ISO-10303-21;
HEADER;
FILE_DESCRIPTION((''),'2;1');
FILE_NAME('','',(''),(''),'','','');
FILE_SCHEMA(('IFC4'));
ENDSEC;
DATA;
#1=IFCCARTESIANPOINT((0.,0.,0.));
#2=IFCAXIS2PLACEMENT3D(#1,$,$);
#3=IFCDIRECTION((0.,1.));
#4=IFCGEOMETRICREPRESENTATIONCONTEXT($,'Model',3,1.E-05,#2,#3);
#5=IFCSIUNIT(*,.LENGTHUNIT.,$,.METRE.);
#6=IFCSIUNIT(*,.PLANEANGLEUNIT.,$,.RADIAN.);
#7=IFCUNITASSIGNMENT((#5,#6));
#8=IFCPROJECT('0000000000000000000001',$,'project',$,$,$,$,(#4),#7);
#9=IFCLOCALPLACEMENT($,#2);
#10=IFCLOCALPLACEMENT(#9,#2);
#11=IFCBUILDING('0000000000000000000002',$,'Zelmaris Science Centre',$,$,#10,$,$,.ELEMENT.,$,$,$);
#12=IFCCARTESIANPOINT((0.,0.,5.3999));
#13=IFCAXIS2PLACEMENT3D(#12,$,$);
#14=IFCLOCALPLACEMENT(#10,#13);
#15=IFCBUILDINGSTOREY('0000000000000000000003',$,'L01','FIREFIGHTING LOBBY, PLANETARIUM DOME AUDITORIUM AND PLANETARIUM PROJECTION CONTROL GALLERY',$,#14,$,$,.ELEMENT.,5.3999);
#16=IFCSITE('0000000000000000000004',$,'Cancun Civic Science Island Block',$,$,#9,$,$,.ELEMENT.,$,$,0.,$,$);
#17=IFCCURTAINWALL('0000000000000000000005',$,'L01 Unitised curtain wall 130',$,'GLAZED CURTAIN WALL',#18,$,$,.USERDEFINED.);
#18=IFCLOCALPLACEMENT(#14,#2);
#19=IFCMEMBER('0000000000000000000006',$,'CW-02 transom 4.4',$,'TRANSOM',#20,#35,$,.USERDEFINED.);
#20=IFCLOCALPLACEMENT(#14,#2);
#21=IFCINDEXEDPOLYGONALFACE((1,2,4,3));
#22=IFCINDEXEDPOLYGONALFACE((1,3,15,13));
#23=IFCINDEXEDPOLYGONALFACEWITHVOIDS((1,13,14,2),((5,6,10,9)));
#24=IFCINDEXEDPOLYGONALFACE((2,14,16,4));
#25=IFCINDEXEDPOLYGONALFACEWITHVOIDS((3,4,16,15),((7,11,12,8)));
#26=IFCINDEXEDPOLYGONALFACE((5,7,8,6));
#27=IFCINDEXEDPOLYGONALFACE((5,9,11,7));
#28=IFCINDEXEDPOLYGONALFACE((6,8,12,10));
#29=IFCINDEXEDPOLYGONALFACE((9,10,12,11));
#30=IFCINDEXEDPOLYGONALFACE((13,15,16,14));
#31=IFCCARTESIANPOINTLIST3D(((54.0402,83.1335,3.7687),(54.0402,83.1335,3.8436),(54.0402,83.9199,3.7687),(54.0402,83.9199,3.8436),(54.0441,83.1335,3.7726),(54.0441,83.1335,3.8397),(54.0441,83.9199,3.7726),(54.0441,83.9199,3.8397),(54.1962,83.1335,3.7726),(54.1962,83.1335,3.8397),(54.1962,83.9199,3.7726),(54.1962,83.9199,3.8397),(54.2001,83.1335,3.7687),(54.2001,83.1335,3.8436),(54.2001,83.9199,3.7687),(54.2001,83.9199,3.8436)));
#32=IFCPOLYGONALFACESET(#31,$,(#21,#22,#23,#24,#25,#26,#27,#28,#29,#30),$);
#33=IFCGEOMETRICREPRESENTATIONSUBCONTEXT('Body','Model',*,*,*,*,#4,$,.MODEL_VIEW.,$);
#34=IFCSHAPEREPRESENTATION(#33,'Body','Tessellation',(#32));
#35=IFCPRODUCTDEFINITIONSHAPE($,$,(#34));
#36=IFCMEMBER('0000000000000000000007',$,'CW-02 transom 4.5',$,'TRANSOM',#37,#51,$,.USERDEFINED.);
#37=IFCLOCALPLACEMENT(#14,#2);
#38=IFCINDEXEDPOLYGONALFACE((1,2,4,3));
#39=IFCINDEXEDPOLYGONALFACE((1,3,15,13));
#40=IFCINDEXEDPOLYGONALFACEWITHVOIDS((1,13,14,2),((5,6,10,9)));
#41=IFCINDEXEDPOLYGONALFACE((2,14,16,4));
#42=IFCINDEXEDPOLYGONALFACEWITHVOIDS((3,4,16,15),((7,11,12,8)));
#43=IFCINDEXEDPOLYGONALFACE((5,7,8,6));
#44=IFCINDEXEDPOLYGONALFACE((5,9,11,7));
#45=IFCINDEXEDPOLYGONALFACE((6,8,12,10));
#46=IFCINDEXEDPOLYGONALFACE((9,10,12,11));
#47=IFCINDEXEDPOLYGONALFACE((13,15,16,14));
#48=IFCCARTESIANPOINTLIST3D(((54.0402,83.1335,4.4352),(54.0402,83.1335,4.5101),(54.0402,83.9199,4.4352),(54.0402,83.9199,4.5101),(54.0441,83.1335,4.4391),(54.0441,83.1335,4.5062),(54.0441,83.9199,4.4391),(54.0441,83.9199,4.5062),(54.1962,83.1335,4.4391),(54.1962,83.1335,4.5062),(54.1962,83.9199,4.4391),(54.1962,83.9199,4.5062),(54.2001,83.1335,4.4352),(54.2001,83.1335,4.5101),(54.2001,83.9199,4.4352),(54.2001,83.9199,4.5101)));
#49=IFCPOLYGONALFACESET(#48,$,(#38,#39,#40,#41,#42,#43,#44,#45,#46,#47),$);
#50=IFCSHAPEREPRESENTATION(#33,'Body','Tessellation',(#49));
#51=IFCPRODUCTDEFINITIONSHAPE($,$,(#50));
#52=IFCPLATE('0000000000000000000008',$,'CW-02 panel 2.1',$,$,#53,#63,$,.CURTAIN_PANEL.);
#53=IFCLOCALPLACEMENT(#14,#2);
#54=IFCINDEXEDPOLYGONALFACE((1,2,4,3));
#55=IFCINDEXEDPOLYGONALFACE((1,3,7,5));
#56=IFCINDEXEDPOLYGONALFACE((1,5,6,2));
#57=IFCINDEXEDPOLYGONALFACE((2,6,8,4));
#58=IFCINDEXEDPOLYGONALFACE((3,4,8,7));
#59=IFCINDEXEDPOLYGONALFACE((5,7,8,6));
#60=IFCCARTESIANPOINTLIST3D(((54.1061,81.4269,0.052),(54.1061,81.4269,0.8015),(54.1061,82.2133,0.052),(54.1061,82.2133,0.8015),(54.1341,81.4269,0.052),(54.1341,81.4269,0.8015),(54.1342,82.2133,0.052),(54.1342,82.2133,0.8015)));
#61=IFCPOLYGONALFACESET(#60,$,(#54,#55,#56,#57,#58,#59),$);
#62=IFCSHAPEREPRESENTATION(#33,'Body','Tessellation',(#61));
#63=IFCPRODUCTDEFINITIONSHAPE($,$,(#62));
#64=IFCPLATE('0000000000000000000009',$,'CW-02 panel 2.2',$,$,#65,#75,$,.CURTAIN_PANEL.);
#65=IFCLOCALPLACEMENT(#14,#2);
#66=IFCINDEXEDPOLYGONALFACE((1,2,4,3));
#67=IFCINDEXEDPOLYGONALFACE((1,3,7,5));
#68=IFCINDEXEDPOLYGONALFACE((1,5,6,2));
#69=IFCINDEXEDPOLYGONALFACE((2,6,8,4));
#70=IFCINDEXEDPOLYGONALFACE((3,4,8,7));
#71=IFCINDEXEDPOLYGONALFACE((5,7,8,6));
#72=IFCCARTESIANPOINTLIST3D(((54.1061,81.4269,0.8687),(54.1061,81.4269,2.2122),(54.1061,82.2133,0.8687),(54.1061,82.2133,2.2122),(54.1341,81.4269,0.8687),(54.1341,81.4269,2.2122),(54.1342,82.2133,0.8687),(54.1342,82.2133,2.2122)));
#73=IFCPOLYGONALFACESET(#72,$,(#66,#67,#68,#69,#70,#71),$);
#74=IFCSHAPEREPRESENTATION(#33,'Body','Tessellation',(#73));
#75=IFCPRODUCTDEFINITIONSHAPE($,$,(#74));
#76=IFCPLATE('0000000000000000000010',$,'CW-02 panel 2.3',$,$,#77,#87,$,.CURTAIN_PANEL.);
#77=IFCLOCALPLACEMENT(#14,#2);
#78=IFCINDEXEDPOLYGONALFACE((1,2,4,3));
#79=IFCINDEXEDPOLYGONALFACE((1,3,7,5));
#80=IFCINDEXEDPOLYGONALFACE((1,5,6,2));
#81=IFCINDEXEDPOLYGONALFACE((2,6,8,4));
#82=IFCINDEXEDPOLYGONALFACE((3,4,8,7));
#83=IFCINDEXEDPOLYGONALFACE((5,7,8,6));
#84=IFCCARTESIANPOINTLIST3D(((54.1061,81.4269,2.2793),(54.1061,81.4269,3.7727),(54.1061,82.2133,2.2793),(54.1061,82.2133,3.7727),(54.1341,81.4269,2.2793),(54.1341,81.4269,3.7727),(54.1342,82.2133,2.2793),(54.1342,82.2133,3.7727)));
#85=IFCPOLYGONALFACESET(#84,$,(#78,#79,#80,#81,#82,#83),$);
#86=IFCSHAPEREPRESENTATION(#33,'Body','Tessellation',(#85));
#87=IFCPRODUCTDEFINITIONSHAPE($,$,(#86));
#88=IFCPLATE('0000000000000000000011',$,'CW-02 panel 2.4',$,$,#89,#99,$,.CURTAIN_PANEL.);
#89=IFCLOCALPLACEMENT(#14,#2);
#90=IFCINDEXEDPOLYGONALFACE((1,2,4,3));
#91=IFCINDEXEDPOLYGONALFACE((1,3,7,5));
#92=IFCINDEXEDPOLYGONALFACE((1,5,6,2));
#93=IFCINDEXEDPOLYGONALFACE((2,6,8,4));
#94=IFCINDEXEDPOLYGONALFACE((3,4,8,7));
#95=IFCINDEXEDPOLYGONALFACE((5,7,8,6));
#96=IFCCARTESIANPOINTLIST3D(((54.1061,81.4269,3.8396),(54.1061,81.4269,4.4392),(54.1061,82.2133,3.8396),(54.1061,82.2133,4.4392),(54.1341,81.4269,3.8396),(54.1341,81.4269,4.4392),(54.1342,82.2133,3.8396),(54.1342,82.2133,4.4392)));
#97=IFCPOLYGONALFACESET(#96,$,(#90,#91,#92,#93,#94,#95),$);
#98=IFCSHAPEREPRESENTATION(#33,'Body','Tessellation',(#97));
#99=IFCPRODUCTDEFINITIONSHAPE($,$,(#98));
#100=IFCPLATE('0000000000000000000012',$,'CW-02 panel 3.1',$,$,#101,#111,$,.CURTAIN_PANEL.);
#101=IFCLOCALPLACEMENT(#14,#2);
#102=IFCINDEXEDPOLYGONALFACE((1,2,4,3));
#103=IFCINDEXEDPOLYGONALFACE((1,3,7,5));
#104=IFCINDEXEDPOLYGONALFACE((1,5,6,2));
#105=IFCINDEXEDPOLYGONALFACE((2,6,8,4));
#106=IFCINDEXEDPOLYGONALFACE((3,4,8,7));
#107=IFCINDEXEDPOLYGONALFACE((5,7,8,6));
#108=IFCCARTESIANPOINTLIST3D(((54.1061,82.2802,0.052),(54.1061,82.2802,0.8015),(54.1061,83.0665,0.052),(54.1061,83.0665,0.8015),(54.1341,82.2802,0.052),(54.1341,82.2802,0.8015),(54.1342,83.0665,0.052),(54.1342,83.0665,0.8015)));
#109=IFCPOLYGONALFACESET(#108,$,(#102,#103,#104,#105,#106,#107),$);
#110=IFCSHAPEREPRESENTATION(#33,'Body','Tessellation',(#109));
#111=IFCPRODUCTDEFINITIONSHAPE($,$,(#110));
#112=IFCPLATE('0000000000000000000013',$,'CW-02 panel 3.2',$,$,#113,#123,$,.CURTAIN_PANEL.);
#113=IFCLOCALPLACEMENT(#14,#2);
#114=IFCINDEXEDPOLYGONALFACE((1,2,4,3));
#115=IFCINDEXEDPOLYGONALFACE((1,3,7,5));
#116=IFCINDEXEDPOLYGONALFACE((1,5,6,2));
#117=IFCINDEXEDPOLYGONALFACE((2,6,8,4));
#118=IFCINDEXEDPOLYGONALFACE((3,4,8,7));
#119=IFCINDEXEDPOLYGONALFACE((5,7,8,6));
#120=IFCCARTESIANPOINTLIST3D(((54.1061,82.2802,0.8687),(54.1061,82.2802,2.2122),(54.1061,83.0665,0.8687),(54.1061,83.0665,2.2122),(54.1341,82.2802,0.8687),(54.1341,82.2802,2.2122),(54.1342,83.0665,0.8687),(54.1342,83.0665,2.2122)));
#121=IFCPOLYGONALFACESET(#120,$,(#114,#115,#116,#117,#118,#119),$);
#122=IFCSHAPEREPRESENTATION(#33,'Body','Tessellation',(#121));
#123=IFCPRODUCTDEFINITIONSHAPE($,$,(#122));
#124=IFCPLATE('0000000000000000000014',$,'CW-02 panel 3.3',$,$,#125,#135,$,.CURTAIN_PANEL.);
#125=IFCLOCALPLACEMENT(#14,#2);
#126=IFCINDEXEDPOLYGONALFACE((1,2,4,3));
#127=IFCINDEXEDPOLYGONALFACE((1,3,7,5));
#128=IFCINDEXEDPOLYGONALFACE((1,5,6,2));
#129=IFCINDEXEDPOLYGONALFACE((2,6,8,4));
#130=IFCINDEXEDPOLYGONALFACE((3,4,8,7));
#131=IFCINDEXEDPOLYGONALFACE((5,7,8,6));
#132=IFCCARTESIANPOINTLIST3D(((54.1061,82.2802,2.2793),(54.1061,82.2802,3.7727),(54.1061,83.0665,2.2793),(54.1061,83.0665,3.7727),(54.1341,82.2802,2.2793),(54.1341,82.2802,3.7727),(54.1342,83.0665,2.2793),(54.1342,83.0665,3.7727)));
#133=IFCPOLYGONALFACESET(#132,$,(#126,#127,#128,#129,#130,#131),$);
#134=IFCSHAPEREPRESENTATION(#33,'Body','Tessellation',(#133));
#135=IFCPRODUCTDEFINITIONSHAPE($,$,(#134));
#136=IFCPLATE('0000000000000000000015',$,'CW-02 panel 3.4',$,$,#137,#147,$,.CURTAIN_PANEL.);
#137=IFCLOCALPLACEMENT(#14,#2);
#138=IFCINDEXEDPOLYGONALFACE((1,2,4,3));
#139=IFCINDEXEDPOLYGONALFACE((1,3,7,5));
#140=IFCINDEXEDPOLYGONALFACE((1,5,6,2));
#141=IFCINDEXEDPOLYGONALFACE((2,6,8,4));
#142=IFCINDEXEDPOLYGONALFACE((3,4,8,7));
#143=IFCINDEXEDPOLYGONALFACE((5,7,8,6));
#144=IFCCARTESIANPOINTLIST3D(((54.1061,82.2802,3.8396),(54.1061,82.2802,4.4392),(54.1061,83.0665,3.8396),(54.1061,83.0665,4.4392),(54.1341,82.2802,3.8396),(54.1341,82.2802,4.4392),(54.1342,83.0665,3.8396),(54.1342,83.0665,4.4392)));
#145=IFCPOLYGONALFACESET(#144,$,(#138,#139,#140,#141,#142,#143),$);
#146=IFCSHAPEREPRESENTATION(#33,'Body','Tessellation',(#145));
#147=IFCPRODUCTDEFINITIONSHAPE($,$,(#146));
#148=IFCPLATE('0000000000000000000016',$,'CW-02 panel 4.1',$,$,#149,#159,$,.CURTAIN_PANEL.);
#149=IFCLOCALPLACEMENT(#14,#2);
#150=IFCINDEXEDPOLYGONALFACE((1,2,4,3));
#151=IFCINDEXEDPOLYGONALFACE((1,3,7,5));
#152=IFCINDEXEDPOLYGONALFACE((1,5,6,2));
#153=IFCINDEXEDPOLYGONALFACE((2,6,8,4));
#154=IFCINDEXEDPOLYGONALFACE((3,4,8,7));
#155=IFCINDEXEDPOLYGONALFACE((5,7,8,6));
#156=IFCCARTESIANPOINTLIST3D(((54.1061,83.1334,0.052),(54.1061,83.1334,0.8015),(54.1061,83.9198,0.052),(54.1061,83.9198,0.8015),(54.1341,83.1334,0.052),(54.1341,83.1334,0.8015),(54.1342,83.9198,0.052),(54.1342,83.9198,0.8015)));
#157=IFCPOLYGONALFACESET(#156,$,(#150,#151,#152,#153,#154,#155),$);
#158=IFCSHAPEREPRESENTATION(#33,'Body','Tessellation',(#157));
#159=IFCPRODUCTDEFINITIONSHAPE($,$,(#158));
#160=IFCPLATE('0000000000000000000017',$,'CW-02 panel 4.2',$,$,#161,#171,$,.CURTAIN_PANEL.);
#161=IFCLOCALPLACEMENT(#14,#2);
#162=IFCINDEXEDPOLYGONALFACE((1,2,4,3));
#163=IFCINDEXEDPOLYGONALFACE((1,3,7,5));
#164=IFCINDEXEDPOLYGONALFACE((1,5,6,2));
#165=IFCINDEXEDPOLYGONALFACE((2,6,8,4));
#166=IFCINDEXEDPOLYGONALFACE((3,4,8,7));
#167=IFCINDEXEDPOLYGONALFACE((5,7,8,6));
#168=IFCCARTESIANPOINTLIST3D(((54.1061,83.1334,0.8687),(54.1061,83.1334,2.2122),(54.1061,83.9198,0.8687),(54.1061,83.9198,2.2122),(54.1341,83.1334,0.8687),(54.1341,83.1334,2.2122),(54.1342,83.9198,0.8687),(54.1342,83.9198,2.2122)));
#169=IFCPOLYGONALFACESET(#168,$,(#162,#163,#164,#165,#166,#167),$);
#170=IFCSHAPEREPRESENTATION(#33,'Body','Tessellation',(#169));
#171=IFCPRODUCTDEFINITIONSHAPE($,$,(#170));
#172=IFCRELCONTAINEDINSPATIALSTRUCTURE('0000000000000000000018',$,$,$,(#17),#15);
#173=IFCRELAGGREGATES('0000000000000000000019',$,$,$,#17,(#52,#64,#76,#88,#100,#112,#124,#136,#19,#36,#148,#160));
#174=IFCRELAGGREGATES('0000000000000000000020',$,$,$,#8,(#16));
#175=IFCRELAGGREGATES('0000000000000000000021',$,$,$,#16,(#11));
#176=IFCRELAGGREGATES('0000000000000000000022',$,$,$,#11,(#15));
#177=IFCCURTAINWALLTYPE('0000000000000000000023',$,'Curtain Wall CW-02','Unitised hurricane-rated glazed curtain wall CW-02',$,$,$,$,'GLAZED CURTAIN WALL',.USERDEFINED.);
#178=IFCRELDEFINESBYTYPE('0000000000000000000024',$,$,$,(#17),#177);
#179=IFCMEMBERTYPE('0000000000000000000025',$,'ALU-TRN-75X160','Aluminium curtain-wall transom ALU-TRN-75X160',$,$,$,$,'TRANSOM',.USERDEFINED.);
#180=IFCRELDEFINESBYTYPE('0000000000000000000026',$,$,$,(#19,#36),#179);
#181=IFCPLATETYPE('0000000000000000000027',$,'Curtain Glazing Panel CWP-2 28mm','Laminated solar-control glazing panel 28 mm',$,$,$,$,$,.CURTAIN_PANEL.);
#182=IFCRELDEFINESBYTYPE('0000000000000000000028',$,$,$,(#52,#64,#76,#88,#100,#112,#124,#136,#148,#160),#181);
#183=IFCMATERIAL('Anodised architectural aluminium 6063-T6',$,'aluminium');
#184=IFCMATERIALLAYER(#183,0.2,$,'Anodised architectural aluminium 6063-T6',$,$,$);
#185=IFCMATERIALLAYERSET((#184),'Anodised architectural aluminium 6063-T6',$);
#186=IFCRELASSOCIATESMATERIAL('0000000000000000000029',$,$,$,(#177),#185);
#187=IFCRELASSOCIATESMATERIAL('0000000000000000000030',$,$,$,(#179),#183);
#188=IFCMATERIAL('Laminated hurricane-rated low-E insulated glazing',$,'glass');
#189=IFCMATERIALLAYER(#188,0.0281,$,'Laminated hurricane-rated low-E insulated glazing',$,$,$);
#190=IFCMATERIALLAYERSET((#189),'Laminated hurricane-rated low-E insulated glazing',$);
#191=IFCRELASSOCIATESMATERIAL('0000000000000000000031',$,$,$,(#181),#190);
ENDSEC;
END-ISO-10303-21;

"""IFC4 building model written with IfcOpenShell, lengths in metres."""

from ifc_helpers import new_model, si_unit, direction, frame, origin, origin_2d, place, context, subcontext, project, spatial, rectangle, hollow_rectangle, extrude, material, layer, layer_set, material_profile, profile_set, type_object, element, aggregate, save


model = new_model("IFC4")

# Units and contexts
model_context = context("Model", 3, precision=1e-05, world=origin(), true_north=direction((0.0, 1.0)))
body_context = subcontext(model_context, "Body", "Model", "MODEL_VIEW")
ifc_project = project(units=[si_unit("LENGTHUNIT", "METRE"), si_unit("PLANEANGLEUNIT", "RADIAN")], contexts=[model_context])

# Site, building, storey
site_placement = place(None, origin())
site = spatial("IfcSite", under=ifc_project, at=site_placement, Name="Cancun Civic Science Island Block", CompositionType="ELEMENT", RefElevation=0.0)
building_placement = place(site_placement, origin())
building = spatial("IfcBuilding", under=site, at=building_placement, Name="Zelmaris Science Centre", CompositionType="ELEMENT")
storey_placement = place(building_placement, frame((0.0, 0.0, 5.3999)))
storey = spatial("IfcBuildingStorey", under=building, at=storey_placement, Name="L01", Description="FIREFIGHTING LOBBY, PLANETARIUM DOME AUDITORIUM AND PLANETARIUM PROJECTION CONTROL GALLERY", CompositionType="ELEMENT", Elevation=5.3999)

# Curtain wall, members, plates
ifc_material_1 = material(Name="Anodised architectural aluminium 6063-T6", Category="aluminium")
ifc_layer_1 = layer(ifc_material_1, 0.2, Name="Anodised architectural aluminium 6063-T6")
ifc_layer_set_1 = layer_set([ifc_layer_1], Name="Anodised architectural aluminium 6063-T6")
curtain_wall_type = type_object("IfcCurtainWallType", Name="Curtain Wall CW-02", Description="Unitised hurricane-rated glazed curtain wall CW-02", ElementType="GLAZED CURTAIN WALL", PredefinedType="USERDEFINED", material=ifc_layer_set_1)
curtain_wall_placement = place(storey_placement, origin())
curtain_wall = element("IfcCurtainWall", 1, at=curtain_wall_placement, inside=storey, type_object=curtain_wall_type, Name="L01 Unitised curtain wall 130", ObjectType="GLAZED CURTAIN WALL", PredefinedType="USERDEFINED")
ifc_material_profile_1 = material_profile(ifc_material_1, hollow_rectangle(XDim=0.075, YDim=0.1599, WallThickness=0.0039, at=origin_2d()), Name="ALU-TRN-75X160")
ifc_profile_set_1 = profile_set([ifc_material_profile_1], Name="Anodised architectural aluminium 6063-T6")
member_type_1 = type_object("IfcMemberType", Name="ALU-TRN-75X160", Description="Aluminium curtain-wall transom ALU-TRN-75X160", ElementType="TRANSOM", PredefinedType="USERDEFINED", material=ifc_profile_set_1)
member_1_placement = place(storey_placement, frame((54.1201, 83.1335, 3.8062), z_axis=(0.0, 1.0, 0.0), x_axis=(0.0, 0.0, 1.0)))
member_1 = element("IfcMember", 2, at=member_1_placement, type_object=member_type_1, Name="CW-02 transom 4.4", ObjectType="TRANSOM", PredefinedType="USERDEFINED", context=body_context, shape_type="SweptSolid", body=[
    extrude(hollow_rectangle(XDim=0.075, YDim=0.1599, WallThickness=0.0039, at=origin_2d()), origin(), (0.0, 0.0, 1.0), 0.7864),
])
member_2_placement = place(storey_placement, frame((54.1201, 83.1335, 4.4727), z_axis=(0.0, 1.0, 0.0), x_axis=(0.0, 0.0, 1.0)))
member_2 = element("IfcMember", 3, at=member_2_placement, type_object=member_type_1, Name="CW-02 transom 4.5", ObjectType="TRANSOM", PredefinedType="USERDEFINED", context=body_context, shape_type="SweptSolid", body=[
    extrude(hollow_rectangle(XDim=0.075, YDim=0.1599, WallThickness=0.0039, at=origin_2d()), origin(), (0.0, 0.0, 1.0), 0.7864),
])
ifc_material_2 = material(Name="Laminated hurricane-rated low-E insulated glazing", Category="glass")
ifc_layer_2 = layer(ifc_material_2, 0.0281, Name="Laminated hurricane-rated low-E insulated glazing")
ifc_layer_set_2 = layer_set([ifc_layer_2], Name="Laminated hurricane-rated low-E insulated glazing")
plate_type = type_object("IfcPlateType", Name="Curtain Glazing Panel CWP-2 28mm", Description="Laminated solar-control glazing panel 28 mm", PredefinedType="CURTAIN_PANEL", material=ifc_layer_set_2)
plate_1_placement = place(storey_placement, frame((54.1201, 81.8201, 0.052), z_axis=(0.0, 0.0, 1.0), x_axis=(0.00002, 1.0, 0.0)))
plate_1 = element("IfcPlate", 4, at=plate_1_placement, type_object=plate_type, Name="CW-02 panel 2.1", PredefinedType="CURTAIN_PANEL", context=body_context, shape_type="SweptSolid", body=[
    extrude(rectangle(XDim=0.7864, YDim=0.0281, at=origin_2d()), origin(), (0.0, 0.0, 1.0), 0.7495),
])
plate_2_placement = place(storey_placement, frame((54.1201, 81.8201, 0.8687), z_axis=(0.0, 0.0, 1.0), x_axis=(0.00002, 1.0, 0.0)))
plate_2 = element("IfcPlate", 5, at=plate_2_placement, type_object=plate_type, Name="CW-02 panel 2.2", PredefinedType="CURTAIN_PANEL", context=body_context, shape_type="SweptSolid", body=[
    extrude(rectangle(XDim=0.7864, YDim=0.0281, at=origin_2d()), origin(), (0.0, 0.0, 1.0), 1.3435),
])
plate_3_placement = place(storey_placement, frame((54.1201, 81.8201, 2.2793), z_axis=(0.0, 0.0, 1.0), x_axis=(0.00002, 1.0, 0.0)))
plate_3 = element("IfcPlate", 6, at=plate_3_placement, type_object=plate_type, Name="CW-02 panel 2.3", PredefinedType="CURTAIN_PANEL", context=body_context, shape_type="SweptSolid", body=[
    extrude(rectangle(XDim=0.7864, YDim=0.0281, at=origin_2d()), origin(), (0.0, 0.0, 1.0), 1.4934),
])
plate_4_placement = place(storey_placement, frame((54.1201, 81.8201, 3.8396), z_axis=(0.0, 0.0, 1.0), x_axis=(0.00002, 1.0, 0.0)))
plate_4 = element("IfcPlate", 7, at=plate_4_placement, type_object=plate_type, Name="CW-02 panel 2.4", PredefinedType="CURTAIN_PANEL", context=body_context, shape_type="SweptSolid", body=[
    extrude(rectangle(XDim=0.7864, YDim=0.0281, at=origin_2d()), origin(), (0.0, 0.0, 1.0), 0.5996),
])
plate_5_placement = place(storey_placement, frame((54.1201, 82.6733, 0.052), z_axis=(0.0, 0.0, 1.0), x_axis=(0.00002, 1.0, 0.0)))
plate_5 = element("IfcPlate", 8, at=plate_5_placement, type_object=plate_type, Name="CW-02 panel 3.1", PredefinedType="CURTAIN_PANEL", context=body_context, shape_type="SweptSolid", body=[
    extrude(rectangle(XDim=0.7864, YDim=0.0281, at=origin_2d()), origin(), (0.0, 0.0, 1.0), 0.7495),
])
plate_6_placement = place(storey_placement, frame((54.1201, 82.6733, 0.8687), z_axis=(0.0, 0.0, 1.0), x_axis=(0.00002, 1.0, 0.0)))
plate_6 = element("IfcPlate", 9, at=plate_6_placement, type_object=plate_type, Name="CW-02 panel 3.2", PredefinedType="CURTAIN_PANEL", context=body_context, shape_type="SweptSolid", body=[
    extrude(rectangle(XDim=0.7864, YDim=0.0281, at=origin_2d()), origin(), (0.0, 0.0, 1.0), 1.3435),
])
plate_7_placement = place(storey_placement, frame((54.1201, 82.6733, 2.2793), z_axis=(0.0, 0.0, 1.0), x_axis=(0.00002, 1.0, 0.0)))
plate_7 = element("IfcPlate", 10, at=plate_7_placement, type_object=plate_type, Name="CW-02 panel 3.3", PredefinedType="CURTAIN_PANEL", context=body_context, shape_type="SweptSolid", body=[
    extrude(rectangle(XDim=0.7864, YDim=0.0281, at=origin_2d()), origin(), (0.0, 0.0, 1.0), 1.4934),
])
plate_8_placement = place(storey_placement, frame((54.1201, 82.6733, 3.8396), z_axis=(0.0, 0.0, 1.0), x_axis=(0.00002, 1.0, 0.0)))
plate_8 = element("IfcPlate", 11, at=plate_8_placement, type_object=plate_type, Name="CW-02 panel 3.4", PredefinedType="CURTAIN_PANEL", context=body_context, shape_type="SweptSolid", body=[
    extrude(rectangle(XDim=0.7864, YDim=0.0281, at=origin_2d()), origin(), (0.0, 0.0, 1.0), 0.5996),
])
plate_9_placement = place(storey_placement, frame((54.1201, 83.5266, 0.052), z_axis=(0.0, 0.0, 1.0), x_axis=(0.00002, 1.0, 0.0)))
plate_9 = element("IfcPlate", 12, at=plate_9_placement, type_object=plate_type, Name="CW-02 panel 4.1", PredefinedType="CURTAIN_PANEL", context=body_context, shape_type="SweptSolid", body=[
    extrude(rectangle(XDim=0.7864, YDim=0.0281, at=origin_2d()), origin(), (0.0, 0.0, 1.0), 0.7495),
])
plate_10_placement = place(storey_placement, frame((54.1201, 83.5266, 0.8687), z_axis=(0.0, 0.0, 1.0), x_axis=(0.00002, 1.0, 0.0)))
plate_10 = element("IfcPlate", 13, at=plate_10_placement, type_object=plate_type, Name="CW-02 panel 4.2", PredefinedType="CURTAIN_PANEL", context=body_context, shape_type="SweptSolid", body=[
    extrude(rectangle(XDim=0.7864, YDim=0.0281, at=origin_2d()), origin(), (0.0, 0.0, 1.0), 1.3435),
])
aggregate(curtain_wall, [plate_1, plate_2, plate_3, plate_4, plate_5, plate_6, plate_7, plate_8, member_1, member_2, plate_9, plate_10])

save(model, "model.ifc")
